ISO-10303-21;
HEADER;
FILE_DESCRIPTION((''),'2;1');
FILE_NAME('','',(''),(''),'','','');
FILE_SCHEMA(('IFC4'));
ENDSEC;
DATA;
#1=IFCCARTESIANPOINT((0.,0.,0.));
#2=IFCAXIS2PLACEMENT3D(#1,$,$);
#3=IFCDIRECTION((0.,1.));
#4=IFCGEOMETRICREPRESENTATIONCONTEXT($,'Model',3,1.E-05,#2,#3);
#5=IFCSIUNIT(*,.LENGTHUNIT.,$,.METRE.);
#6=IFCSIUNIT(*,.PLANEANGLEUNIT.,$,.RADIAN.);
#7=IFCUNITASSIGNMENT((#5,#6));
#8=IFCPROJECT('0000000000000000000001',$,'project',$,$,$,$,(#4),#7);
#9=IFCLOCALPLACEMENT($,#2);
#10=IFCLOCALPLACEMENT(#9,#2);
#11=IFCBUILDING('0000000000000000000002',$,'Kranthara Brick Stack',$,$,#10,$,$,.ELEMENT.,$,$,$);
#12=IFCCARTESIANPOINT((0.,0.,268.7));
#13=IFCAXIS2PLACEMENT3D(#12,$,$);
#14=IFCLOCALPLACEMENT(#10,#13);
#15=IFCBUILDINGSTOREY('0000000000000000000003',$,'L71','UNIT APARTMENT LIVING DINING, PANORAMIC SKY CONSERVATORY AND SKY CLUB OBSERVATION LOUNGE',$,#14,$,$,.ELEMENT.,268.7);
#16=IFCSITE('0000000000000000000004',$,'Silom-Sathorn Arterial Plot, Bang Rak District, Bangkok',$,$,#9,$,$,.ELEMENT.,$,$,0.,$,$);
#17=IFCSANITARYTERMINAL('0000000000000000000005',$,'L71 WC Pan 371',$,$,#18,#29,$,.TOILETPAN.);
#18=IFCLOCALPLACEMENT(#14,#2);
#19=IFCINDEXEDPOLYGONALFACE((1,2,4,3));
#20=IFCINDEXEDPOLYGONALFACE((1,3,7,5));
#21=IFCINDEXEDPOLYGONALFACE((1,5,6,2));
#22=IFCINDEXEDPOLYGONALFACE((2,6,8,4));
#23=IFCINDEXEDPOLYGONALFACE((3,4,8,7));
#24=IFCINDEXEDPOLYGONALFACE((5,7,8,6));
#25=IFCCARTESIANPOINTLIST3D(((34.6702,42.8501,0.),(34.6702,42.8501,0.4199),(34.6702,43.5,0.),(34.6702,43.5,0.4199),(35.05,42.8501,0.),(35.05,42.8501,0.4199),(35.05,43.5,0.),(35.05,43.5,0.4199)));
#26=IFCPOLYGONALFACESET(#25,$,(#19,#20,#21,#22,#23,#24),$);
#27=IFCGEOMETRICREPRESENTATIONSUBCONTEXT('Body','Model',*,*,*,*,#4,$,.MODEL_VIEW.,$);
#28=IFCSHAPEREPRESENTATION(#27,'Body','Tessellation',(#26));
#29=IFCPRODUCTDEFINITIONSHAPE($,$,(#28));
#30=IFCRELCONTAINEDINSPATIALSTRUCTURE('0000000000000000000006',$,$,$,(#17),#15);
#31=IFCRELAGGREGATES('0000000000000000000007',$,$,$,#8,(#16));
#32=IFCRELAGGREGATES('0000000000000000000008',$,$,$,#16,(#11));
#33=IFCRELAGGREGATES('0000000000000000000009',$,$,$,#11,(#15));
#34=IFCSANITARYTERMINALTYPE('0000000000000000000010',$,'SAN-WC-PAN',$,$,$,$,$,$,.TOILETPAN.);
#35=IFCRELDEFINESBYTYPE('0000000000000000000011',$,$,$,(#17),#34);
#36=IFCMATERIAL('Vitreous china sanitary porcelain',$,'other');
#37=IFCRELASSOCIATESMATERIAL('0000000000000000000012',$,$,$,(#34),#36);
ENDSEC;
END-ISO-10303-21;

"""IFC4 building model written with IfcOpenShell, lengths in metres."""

from ifc_helpers import new_model, si_unit, direction, frame, origin, origin_2d, place, context, subcontext, project, spatial, rectangle, extrude, material, type_object, element, save


model = new_model("IFC4")

# Units and contexts
model_context = context("Model", 3, precision=1e-05, world=origin(), true_north=direction((0.0, 1.0)))
body_context = subcontext(model_context, "Body", "Model", "MODEL_VIEW")
ifc_project = project(units=[si_unit("LENGTHUNIT", "METRE"), si_unit("PLANEANGLEUNIT", "RADIAN")], contexts=[model_context])

# Site, building, storey
site_placement = place(None, origin())
site = spatial("IfcSite", under=ifc_project, at=site_placement, Name="Silom-Sathorn Arterial Plot, Bang Rak District, Bangkok", CompositionType="ELEMENT", RefElevation=0.0)
building_placement = place(site_placement, origin())
building = spatial("IfcBuilding", under=site, at=building_placement, Name="Kranthara Brick Stack", CompositionType="ELEMENT")
storey_placement = place(building_placement, frame((0.0, 0.0, 268.7)))
storey = spatial("IfcBuildingStorey", under=building, at=storey_placement, Name="L71", Description="UNIT APARTMENT LIVING DINING, PANORAMIC SKY CONSERVATORY AND SKY CLUB OBSERVATION LOUNGE", CompositionType="ELEMENT", Elevation=268.7)

# Sanitary terminal
ifc_material_1 = material(Name="Vitreous china sanitary porcelain", Category="other")
sanitary_terminal_type_1 = type_object("IfcSanitaryTerminalType", Name="SAN-WC-PAN", PredefinedType="TOILETPAN", material=ifc_material_1)
sanitary_terminal_1_placement = place(storey_placement, frame((34.8601, 43.175, 0.0), z_axis=(0.0, 0.0, 1.0), x_axis=(1.0, 0.0, 0.0)))
element("IfcSanitaryTerminal", 1, at=sanitary_terminal_1_placement, inside=storey, type_object=sanitary_terminal_type_1, Name="L71 WC Pan 371", PredefinedType="TOILETPAN", context=body_context, shape_type="SweptSolid", body=[
    extrude(rectangle(XDim=0.3799, YDim=0.6499, at=origin_2d()), origin(), (0.0, 0.0, 1.0), 0.4199),
])

save(model, "model.ifc")
